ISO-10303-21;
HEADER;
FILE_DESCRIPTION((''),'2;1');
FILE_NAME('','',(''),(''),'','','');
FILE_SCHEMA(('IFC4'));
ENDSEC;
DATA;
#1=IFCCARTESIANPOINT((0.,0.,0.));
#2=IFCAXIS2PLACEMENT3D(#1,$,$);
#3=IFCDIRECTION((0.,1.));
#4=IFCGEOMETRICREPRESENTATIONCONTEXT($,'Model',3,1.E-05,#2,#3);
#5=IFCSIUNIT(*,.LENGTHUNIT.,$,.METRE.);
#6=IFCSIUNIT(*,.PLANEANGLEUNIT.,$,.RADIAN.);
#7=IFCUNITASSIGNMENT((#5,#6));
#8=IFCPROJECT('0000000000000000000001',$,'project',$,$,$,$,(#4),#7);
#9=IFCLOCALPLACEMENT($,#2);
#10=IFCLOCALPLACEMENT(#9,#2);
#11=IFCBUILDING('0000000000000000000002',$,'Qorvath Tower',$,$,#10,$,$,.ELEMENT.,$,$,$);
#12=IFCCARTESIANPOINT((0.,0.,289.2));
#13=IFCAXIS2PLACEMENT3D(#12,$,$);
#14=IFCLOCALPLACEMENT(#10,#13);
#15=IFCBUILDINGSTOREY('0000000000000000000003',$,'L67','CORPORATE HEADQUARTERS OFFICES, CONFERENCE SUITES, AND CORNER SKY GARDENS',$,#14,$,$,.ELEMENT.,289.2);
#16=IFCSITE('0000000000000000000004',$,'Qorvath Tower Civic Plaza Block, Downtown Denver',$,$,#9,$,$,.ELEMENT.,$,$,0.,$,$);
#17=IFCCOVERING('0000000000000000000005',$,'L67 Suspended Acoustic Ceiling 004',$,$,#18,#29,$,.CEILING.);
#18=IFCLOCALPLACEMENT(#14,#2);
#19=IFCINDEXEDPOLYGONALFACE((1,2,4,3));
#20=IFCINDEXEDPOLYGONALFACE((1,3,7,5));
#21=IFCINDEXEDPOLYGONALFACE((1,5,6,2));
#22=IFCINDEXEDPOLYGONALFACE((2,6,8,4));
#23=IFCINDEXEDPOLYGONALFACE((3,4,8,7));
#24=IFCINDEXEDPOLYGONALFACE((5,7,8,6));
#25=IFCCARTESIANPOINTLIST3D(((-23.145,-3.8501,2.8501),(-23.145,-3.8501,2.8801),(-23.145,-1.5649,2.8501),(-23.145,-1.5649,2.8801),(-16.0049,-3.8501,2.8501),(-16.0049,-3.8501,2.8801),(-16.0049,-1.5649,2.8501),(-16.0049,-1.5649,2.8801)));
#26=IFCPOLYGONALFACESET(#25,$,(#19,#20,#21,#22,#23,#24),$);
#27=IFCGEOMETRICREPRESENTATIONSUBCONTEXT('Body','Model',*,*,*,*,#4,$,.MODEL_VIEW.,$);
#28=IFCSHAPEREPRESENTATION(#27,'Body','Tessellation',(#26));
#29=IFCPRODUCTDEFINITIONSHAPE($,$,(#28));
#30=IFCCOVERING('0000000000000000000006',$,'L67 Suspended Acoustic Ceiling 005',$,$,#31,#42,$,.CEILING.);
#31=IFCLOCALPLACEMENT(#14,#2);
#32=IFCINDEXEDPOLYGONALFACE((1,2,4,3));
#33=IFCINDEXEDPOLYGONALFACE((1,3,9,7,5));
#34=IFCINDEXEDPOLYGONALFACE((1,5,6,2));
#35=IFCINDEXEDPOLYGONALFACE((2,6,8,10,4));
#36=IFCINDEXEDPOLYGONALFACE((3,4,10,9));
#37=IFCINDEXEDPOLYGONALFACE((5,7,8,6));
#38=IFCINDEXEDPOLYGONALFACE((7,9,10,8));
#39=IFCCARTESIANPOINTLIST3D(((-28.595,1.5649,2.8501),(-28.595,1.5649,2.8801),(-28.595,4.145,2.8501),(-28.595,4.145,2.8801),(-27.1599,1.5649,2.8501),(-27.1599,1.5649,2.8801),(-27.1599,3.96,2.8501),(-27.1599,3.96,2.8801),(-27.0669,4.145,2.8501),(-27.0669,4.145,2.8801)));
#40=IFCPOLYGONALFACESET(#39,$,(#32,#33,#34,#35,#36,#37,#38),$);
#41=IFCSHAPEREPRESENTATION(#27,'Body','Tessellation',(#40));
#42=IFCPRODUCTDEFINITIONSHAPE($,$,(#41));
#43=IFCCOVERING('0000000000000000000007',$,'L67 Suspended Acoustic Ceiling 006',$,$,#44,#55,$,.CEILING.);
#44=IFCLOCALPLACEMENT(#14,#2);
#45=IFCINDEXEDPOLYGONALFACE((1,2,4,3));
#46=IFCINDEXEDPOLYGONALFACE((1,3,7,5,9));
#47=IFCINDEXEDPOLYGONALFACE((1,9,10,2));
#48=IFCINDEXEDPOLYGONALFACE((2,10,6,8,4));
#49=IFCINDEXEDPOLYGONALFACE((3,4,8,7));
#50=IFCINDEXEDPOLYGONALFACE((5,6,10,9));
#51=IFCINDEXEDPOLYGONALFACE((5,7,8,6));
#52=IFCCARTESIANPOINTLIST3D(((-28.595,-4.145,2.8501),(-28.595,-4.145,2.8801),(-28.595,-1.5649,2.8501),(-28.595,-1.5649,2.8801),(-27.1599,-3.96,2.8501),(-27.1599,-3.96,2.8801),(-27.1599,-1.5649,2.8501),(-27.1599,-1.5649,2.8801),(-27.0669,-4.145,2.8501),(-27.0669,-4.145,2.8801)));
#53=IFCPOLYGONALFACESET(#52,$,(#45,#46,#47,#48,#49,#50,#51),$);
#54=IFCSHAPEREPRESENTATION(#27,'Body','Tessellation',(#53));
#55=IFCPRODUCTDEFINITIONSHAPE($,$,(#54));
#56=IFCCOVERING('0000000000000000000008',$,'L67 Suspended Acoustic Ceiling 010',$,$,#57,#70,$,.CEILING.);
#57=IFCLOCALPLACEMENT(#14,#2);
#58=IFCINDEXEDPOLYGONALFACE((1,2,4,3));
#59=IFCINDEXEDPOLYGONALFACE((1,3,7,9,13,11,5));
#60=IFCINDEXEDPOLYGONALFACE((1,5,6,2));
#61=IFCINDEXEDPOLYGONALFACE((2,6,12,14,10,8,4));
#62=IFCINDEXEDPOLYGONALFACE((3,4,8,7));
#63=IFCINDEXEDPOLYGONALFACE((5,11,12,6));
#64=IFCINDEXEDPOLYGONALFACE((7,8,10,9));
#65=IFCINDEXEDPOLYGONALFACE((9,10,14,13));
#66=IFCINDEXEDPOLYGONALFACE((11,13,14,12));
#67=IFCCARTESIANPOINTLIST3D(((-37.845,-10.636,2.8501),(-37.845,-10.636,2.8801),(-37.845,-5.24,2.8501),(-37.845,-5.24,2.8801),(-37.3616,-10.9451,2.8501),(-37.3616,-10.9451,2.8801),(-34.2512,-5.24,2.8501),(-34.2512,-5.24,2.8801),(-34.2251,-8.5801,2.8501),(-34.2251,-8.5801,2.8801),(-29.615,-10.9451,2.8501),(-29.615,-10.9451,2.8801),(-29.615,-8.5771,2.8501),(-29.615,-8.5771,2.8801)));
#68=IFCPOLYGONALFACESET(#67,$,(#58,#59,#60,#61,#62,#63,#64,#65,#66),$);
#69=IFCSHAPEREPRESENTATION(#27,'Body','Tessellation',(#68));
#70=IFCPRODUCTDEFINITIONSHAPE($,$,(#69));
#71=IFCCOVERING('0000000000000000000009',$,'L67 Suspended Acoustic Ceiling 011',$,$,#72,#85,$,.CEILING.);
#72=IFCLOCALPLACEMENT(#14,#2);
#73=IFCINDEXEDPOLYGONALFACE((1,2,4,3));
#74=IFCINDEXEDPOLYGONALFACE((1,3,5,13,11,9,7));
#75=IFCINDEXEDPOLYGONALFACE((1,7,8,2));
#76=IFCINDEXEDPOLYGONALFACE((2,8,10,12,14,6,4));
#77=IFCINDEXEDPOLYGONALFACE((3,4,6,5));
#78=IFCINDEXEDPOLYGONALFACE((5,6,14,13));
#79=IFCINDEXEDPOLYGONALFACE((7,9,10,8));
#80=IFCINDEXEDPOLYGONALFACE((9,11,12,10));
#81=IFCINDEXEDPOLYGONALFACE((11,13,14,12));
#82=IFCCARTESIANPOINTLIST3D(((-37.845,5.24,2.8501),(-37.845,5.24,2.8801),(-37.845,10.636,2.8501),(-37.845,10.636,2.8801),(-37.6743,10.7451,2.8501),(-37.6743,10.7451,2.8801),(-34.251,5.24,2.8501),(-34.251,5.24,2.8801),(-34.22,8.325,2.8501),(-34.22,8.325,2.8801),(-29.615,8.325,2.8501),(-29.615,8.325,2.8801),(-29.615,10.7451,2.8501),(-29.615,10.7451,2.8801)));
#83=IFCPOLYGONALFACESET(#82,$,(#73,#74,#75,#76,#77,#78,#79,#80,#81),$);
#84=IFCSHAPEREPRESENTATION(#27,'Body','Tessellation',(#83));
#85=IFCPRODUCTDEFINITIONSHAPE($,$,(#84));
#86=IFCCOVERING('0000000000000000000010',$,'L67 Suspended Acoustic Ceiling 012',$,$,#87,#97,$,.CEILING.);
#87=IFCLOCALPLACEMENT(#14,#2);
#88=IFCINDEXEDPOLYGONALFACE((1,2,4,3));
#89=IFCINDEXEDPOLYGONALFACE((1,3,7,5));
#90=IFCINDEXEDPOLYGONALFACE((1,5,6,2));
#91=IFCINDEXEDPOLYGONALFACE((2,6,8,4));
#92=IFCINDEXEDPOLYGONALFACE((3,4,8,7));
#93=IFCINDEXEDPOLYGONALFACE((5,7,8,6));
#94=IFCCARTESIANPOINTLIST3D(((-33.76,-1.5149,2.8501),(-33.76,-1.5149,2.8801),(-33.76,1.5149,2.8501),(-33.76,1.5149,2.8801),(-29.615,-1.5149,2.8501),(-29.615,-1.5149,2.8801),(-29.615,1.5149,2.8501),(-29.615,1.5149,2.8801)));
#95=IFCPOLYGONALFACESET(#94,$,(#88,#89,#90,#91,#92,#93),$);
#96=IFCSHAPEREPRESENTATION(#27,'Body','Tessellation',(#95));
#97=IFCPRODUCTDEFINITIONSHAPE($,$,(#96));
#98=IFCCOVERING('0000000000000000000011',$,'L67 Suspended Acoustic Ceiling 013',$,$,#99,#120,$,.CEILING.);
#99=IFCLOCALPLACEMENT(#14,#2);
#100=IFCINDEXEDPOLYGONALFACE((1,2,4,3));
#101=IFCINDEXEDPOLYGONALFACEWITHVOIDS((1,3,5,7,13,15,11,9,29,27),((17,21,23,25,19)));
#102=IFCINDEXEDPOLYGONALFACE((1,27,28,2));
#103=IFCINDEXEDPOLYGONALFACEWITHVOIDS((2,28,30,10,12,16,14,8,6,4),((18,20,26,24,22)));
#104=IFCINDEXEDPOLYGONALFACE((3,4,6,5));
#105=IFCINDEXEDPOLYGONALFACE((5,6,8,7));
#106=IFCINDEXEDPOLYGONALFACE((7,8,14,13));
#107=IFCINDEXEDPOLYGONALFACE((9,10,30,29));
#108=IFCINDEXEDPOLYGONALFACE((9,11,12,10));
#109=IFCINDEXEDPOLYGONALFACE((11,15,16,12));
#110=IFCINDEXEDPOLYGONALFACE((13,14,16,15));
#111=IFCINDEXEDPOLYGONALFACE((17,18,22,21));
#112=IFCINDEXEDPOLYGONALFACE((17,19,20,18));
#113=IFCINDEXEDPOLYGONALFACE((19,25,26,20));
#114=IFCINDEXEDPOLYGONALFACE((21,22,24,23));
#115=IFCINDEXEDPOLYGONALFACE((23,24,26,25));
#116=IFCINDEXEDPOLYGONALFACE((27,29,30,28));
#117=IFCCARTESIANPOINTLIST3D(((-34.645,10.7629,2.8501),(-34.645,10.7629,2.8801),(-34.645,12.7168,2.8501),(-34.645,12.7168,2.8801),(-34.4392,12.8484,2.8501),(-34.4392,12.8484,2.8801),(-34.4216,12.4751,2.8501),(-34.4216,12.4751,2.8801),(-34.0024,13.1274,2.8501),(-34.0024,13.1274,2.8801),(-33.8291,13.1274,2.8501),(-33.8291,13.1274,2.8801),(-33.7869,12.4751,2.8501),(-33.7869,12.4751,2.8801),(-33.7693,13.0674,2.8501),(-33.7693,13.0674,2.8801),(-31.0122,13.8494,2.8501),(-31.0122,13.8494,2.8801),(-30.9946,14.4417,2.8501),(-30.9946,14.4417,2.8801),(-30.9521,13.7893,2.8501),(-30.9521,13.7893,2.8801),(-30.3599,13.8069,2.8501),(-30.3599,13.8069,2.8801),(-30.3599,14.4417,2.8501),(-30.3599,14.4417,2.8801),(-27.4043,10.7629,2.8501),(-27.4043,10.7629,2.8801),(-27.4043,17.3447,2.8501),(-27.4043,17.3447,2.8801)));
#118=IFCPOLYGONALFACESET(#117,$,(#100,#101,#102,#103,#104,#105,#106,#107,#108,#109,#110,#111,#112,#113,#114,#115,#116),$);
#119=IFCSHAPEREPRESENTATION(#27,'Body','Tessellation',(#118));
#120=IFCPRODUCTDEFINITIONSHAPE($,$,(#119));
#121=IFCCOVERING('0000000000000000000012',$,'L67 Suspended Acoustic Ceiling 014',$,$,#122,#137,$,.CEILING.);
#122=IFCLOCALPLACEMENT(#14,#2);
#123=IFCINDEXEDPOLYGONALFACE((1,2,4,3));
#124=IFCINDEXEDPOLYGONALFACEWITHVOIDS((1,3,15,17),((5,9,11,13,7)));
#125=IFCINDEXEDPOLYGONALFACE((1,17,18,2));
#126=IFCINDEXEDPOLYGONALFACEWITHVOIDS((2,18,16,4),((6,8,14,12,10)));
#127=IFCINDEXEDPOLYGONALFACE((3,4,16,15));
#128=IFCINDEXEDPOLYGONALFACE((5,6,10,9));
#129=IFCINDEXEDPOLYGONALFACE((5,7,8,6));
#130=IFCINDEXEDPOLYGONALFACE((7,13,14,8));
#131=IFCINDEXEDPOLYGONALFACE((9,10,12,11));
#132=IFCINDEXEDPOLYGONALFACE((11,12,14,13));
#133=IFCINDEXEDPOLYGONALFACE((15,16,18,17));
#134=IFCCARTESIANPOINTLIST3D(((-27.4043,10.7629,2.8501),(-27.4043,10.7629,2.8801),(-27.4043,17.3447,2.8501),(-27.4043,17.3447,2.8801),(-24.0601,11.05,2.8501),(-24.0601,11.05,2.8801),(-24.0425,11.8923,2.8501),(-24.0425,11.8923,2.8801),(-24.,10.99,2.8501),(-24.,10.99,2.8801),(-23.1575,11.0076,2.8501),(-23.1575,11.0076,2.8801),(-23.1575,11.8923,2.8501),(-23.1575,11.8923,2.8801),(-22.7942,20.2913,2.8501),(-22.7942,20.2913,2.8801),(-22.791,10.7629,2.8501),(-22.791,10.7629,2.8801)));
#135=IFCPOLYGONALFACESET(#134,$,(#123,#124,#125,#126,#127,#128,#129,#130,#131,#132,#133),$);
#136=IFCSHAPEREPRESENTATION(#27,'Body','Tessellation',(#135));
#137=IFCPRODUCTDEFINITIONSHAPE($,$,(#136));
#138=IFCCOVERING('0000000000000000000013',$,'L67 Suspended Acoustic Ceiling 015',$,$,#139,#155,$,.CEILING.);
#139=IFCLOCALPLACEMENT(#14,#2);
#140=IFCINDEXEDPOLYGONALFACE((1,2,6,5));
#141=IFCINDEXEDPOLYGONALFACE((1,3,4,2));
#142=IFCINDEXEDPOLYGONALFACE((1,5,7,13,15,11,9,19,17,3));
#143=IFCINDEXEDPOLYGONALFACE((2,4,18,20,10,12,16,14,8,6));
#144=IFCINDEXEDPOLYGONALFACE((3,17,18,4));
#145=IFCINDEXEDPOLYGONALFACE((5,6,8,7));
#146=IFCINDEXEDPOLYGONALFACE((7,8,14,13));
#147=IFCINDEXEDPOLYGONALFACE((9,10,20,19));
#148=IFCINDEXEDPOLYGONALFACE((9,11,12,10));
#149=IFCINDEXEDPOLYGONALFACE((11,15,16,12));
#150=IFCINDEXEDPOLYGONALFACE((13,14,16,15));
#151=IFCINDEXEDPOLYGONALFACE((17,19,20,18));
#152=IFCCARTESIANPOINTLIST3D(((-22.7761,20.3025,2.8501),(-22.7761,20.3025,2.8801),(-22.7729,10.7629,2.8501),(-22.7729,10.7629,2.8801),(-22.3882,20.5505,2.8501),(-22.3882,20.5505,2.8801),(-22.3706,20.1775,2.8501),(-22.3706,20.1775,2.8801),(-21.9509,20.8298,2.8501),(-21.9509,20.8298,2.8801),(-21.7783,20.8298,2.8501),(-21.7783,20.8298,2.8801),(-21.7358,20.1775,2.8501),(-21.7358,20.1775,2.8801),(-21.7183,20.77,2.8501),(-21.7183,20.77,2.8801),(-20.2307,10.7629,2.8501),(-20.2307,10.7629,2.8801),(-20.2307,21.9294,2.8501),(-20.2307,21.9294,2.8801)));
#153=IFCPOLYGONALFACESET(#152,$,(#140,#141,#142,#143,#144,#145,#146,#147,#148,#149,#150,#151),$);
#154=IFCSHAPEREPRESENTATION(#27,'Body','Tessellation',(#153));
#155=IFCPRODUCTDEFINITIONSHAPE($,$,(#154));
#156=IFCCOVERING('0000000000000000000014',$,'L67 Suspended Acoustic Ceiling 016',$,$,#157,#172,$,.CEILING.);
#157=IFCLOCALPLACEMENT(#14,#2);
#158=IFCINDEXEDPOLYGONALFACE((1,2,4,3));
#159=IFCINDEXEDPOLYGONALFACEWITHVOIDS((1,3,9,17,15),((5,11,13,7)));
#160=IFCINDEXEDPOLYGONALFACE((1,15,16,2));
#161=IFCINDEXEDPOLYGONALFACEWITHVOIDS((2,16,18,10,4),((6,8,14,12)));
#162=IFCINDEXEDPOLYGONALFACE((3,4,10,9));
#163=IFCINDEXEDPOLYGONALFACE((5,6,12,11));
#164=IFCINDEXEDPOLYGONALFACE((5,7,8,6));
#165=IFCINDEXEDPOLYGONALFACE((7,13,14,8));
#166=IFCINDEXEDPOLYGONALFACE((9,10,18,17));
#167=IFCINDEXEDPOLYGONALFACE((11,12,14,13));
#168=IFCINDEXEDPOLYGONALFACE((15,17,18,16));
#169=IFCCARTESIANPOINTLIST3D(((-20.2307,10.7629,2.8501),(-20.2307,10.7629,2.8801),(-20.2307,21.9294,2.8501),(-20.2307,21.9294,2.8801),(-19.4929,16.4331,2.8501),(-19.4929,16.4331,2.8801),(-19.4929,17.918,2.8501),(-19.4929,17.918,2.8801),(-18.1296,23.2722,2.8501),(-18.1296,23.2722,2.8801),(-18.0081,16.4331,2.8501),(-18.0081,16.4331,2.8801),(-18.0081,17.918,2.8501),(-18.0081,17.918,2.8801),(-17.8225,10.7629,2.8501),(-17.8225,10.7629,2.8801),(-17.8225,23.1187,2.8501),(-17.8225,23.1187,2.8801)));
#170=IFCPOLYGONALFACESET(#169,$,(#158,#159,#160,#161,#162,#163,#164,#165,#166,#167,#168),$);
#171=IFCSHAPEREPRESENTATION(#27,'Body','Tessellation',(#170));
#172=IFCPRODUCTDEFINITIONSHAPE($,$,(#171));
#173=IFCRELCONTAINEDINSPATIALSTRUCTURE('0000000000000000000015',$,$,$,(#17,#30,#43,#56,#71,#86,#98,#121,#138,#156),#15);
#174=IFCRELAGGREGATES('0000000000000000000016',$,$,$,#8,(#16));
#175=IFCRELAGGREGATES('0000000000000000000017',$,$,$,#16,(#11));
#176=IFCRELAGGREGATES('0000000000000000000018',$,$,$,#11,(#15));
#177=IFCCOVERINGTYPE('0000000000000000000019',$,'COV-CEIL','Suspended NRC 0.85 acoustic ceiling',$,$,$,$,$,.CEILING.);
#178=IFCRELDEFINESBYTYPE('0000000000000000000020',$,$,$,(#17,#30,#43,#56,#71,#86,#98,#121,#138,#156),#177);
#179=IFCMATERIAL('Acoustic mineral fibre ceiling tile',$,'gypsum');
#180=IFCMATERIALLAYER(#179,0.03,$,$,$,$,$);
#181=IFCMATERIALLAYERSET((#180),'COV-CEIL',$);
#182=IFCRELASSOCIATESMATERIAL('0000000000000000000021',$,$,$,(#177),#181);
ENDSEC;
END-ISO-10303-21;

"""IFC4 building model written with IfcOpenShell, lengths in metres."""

from ifc_helpers import new_model, si_unit, direction, frame, origin, place, context, subcontext, project, spatial, polyline, outline, extrude, material, layer, layer_set, type_object, element, save


model = new_model("IFC4")

# Units and contexts
model_context = context("Model", 3, precision=1e-05, world=origin(), true_north=direction((0.0, 1.0)))
body_context = subcontext(model_context, "Body", "Model", "MODEL_VIEW")
ifc_project = project(units=[si_unit("LENGTHUNIT", "METRE"), si_unit("PLANEANGLEUNIT", "RADIAN")], contexts=[model_context])

# Site, building, storey
site_placement = place(None, origin())
site = spatial("IfcSite", under=ifc_project, at=site_placement, Name="Qorvath Tower Civic Plaza Block, Downtown Denver", CompositionType="ELEMENT", RefElevation=0.0)
building_placement = place(site_placement, origin())
building = spatial("IfcBuilding", under=site, at=building_placement, Name="Qorvath Tower", CompositionType="ELEMENT")
storey_placement = place(building_placement, frame((0.0, 0.0, 289.2)))
storey = spatial("IfcBuildingStorey", under=building, at=storey_placement, Name="L67", Description="CORPORATE HEADQUARTERS OFFICES, CONFERENCE SUITES, AND CORNER SKY GARDENS", CompositionType="ELEMENT", Elevation=289.2)

# Coverings
ifc_material_1 = material(Name="Acoustic mineral fibre ceiling tile", Category="gypsum")
ifc_layer_1 = layer(ifc_material_1, 0.03)
ifc_layer_set_1 = layer_set([ifc_layer_1], Name="COV-CEIL")
covering_type_1 = type_object("IfcCoveringType", Name="COV-CEIL", Description="Suspended NRC 0.85 acoustic ceiling", PredefinedType="CEILING", material=ifc_layer_set_1)
covering_1_placement = place(storey_placement, frame((0.0, 0.0, 2.8501)))
element("IfcCovering", 1, at=covering_1_placement, inside=storey, type_object=covering_type_1, Name="L67 Suspended Acoustic Ceiling 004", PredefinedType="CEILING", context=body_context, shape_type="SweptSolid", body=[
    extrude(outline(polyline([(-23.145, -3.8501), (-16.0049, -3.8501), (-16.0049, -1.5649), (-23.145, -1.5649), (-23.145, -3.8501)])), origin(), (0.0, 0.0, 1.0), 0.03),
])
covering_2_placement = place(storey_placement, frame((0.0, 0.0, 2.8501)))
element("IfcCovering", 2, at=covering_2_placement, inside=storey, type_object=covering_type_1, Name="L67 Suspended Acoustic Ceiling 005", PredefinedType="CEILING", context=body_context, shape_type="SweptSolid", body=[
    extrude(outline(polyline([(-27.1599, 1.5649), (-27.1599, 3.96), (-27.0669, 4.145), (-28.595, 4.145), (-28.595, 1.5649), (-27.1599, 1.5649)])), origin(), (0.0, 0.0, 1.0), 0.03),
])
covering_3_placement = place(storey_placement, frame((0.0, 0.0, 2.8501)))
element("IfcCovering", 3, at=covering_3_placement, inside=storey, type_object=covering_type_1, Name="L67 Suspended Acoustic Ceiling 006", PredefinedType="CEILING", context=body_context, shape_type="SweptSolid", body=[
    extrude(outline(polyline([(-27.0669, -4.145), (-27.1599, -3.96), (-27.1599, -1.5649), (-28.595, -1.5649), (-28.595, -4.145), (-27.0669, -4.145)])), origin(), (0.0, 0.0, 1.0), 0.03),
])
covering_4_placement = place(storey_placement, frame((0.0, 0.0, 2.8501)))
element("IfcCovering", 4, at=covering_4_placement, inside=storey, type_object=covering_type_1, Name="L67 Suspended Acoustic Ceiling 010", PredefinedType="CEILING", context=body_context, shape_type="SweptSolid", body=[
    extrude(outline(polyline([(-34.2251, -8.5801), (-34.2512, -5.24), (-37.845, -5.24), (-37.845, -10.636), (-37.3616, -10.9451), (-29.615, -10.9451), (-29.615, -8.5771), (-34.2251, -8.5801)])), origin(), (0.0, 0.0, 1.0), 0.03),
])
covering_5_placement = place(storey_placement, frame((0.0, 0.0, 2.8501)))
element("IfcCovering", 5, at=covering_5_placement, inside=storey, type_object=covering_type_1, Name="L67 Suspended Acoustic Ceiling 011", PredefinedType="CEILING", context=body_context, shape_type="SweptSolid", body=[
    extrude(outline(polyline([(-29.615, 8.325), (-29.615, 10.7451), (-37.6743, 10.7451), (-37.845, 10.636), (-37.845, 5.24), (-34.251, 5.24), (-34.22, 8.325), (-29.615, 8.325)])), origin(), (0.0, 0.0, 1.0), 0.03),
])
covering_6_placement = place(storey_placement, frame((0.0, 0.0, 2.8501)))
element("IfcCovering", 6, at=covering_6_placement, inside=storey, type_object=covering_type_1, Name="L67 Suspended Acoustic Ceiling 012", PredefinedType="CEILING", context=body_context, shape_type="SweptSolid", body=[
    extrude(outline(polyline([(-29.615, -1.5149), (-29.615, 1.5149), (-33.76, 1.5149), (-33.76, -1.5149), (-29.615, -1.5149)])), origin(), (0.0, 0.0, 1.0), 0.03),
])
covering_7_placement = place(storey_placement, frame((0.0, 0.0, 2.8501)))
element("IfcCovering", 7, at=covering_7_placement, inside=storey, type_object=covering_type_1, Name="L67 Suspended Acoustic Ceiling 013", PredefinedType="CEILING", context=body_context, shape_type="SweptSolid", body=[
    extrude(outline(polyline([(-27.4043, 10.7629), (-27.4043, 17.3447), (-34.0024, 13.1274), (-33.8291, 13.1274), (-33.7693, 13.0674), (-33.7869, 12.4751), (-34.4216, 12.4751), (-34.4392, 12.8484), (-34.645, 12.7168), (-34.645, 10.7629), (-27.4043, 10.7629)]), holes=[polyline([(-31.0122, 13.8494), (-30.9946, 14.4417), (-30.3599, 14.4417), (-30.3599, 13.8069), (-30.9521, 13.7893), (-31.0122, 13.8494)])]), origin(), (0.0, 0.0, 1.0), 0.03),
])
covering_8_placement = place(storey_placement, frame((0.0, 0.0, 2.8501)))
element("IfcCovering", 8, at=covering_8_placement, inside=storey, type_object=covering_type_1, Name="L67 Suspended Acoustic Ceiling 014", PredefinedType="CEILING", context=body_context, shape_type="SweptSolid", body=[
    extrude(outline(polyline([(-22.791, 10.7629), (-22.7942, 20.2913), (-27.4043, 17.3447), (-27.4043, 10.7629), (-22.791, 10.7629)]), holes=[polyline([(-24.0601, 11.05), (-24.0425, 11.8923), (-23.1575, 11.8923), (-23.1575, 11.0076), (-24.0, 10.99), (-24.0601, 11.05)])]), origin(), (0.0, 0.0, 1.0), 0.03),
])
covering_9_placement = place(storey_placement, frame((0.0, 0.0, 2.8501)))
element("IfcCovering", 9, at=covering_9_placement, inside=storey, type_object=covering_type_1, Name="L67 Suspended Acoustic Ceiling 015", PredefinedType="CEILING", context=body_context, shape_type="SweptSolid", body=[
    extrude(outline(polyline([(-20.2307, 10.7629), (-20.2307, 21.9294), (-21.9509, 20.8298), (-21.7783, 20.8298), (-21.7183, 20.77), (-21.7358, 20.1775), (-22.3706, 20.1775), (-22.3882, 20.5505), (-22.7761, 20.3025), (-22.7729, 10.7629), (-20.2307, 10.7629)])), origin(), (0.0, 0.0, 1.0), 0.03),
])
covering_10_placement = place(storey_placement, frame((0.0, 0.0, 2.8501)))
element("IfcCovering", 10, at=covering_10_placement, inside=storey, type_object=covering_type_1, Name="L67 Suspended Acoustic Ceiling 016", PredefinedType="CEILING", context=body_context, shape_type="SweptSolid", body=[
    extrude(outline(polyline([(-17.8225, 23.1187), (-18.1296, 23.2722), (-20.2307, 21.9294), (-20.2307, 10.7629), (-17.8225, 10.7629), (-17.8225, 23.1187)]), holes=[polyline([(-19.4929, 16.4331), (-19.4929, 17.918), (-18.0081, 17.918), (-18.0081, 16.4331), (-19.4929, 16.4331)])]), origin(), (0.0, 0.0, 1.0), 0.03),
])

save(model, "model.ifc")
